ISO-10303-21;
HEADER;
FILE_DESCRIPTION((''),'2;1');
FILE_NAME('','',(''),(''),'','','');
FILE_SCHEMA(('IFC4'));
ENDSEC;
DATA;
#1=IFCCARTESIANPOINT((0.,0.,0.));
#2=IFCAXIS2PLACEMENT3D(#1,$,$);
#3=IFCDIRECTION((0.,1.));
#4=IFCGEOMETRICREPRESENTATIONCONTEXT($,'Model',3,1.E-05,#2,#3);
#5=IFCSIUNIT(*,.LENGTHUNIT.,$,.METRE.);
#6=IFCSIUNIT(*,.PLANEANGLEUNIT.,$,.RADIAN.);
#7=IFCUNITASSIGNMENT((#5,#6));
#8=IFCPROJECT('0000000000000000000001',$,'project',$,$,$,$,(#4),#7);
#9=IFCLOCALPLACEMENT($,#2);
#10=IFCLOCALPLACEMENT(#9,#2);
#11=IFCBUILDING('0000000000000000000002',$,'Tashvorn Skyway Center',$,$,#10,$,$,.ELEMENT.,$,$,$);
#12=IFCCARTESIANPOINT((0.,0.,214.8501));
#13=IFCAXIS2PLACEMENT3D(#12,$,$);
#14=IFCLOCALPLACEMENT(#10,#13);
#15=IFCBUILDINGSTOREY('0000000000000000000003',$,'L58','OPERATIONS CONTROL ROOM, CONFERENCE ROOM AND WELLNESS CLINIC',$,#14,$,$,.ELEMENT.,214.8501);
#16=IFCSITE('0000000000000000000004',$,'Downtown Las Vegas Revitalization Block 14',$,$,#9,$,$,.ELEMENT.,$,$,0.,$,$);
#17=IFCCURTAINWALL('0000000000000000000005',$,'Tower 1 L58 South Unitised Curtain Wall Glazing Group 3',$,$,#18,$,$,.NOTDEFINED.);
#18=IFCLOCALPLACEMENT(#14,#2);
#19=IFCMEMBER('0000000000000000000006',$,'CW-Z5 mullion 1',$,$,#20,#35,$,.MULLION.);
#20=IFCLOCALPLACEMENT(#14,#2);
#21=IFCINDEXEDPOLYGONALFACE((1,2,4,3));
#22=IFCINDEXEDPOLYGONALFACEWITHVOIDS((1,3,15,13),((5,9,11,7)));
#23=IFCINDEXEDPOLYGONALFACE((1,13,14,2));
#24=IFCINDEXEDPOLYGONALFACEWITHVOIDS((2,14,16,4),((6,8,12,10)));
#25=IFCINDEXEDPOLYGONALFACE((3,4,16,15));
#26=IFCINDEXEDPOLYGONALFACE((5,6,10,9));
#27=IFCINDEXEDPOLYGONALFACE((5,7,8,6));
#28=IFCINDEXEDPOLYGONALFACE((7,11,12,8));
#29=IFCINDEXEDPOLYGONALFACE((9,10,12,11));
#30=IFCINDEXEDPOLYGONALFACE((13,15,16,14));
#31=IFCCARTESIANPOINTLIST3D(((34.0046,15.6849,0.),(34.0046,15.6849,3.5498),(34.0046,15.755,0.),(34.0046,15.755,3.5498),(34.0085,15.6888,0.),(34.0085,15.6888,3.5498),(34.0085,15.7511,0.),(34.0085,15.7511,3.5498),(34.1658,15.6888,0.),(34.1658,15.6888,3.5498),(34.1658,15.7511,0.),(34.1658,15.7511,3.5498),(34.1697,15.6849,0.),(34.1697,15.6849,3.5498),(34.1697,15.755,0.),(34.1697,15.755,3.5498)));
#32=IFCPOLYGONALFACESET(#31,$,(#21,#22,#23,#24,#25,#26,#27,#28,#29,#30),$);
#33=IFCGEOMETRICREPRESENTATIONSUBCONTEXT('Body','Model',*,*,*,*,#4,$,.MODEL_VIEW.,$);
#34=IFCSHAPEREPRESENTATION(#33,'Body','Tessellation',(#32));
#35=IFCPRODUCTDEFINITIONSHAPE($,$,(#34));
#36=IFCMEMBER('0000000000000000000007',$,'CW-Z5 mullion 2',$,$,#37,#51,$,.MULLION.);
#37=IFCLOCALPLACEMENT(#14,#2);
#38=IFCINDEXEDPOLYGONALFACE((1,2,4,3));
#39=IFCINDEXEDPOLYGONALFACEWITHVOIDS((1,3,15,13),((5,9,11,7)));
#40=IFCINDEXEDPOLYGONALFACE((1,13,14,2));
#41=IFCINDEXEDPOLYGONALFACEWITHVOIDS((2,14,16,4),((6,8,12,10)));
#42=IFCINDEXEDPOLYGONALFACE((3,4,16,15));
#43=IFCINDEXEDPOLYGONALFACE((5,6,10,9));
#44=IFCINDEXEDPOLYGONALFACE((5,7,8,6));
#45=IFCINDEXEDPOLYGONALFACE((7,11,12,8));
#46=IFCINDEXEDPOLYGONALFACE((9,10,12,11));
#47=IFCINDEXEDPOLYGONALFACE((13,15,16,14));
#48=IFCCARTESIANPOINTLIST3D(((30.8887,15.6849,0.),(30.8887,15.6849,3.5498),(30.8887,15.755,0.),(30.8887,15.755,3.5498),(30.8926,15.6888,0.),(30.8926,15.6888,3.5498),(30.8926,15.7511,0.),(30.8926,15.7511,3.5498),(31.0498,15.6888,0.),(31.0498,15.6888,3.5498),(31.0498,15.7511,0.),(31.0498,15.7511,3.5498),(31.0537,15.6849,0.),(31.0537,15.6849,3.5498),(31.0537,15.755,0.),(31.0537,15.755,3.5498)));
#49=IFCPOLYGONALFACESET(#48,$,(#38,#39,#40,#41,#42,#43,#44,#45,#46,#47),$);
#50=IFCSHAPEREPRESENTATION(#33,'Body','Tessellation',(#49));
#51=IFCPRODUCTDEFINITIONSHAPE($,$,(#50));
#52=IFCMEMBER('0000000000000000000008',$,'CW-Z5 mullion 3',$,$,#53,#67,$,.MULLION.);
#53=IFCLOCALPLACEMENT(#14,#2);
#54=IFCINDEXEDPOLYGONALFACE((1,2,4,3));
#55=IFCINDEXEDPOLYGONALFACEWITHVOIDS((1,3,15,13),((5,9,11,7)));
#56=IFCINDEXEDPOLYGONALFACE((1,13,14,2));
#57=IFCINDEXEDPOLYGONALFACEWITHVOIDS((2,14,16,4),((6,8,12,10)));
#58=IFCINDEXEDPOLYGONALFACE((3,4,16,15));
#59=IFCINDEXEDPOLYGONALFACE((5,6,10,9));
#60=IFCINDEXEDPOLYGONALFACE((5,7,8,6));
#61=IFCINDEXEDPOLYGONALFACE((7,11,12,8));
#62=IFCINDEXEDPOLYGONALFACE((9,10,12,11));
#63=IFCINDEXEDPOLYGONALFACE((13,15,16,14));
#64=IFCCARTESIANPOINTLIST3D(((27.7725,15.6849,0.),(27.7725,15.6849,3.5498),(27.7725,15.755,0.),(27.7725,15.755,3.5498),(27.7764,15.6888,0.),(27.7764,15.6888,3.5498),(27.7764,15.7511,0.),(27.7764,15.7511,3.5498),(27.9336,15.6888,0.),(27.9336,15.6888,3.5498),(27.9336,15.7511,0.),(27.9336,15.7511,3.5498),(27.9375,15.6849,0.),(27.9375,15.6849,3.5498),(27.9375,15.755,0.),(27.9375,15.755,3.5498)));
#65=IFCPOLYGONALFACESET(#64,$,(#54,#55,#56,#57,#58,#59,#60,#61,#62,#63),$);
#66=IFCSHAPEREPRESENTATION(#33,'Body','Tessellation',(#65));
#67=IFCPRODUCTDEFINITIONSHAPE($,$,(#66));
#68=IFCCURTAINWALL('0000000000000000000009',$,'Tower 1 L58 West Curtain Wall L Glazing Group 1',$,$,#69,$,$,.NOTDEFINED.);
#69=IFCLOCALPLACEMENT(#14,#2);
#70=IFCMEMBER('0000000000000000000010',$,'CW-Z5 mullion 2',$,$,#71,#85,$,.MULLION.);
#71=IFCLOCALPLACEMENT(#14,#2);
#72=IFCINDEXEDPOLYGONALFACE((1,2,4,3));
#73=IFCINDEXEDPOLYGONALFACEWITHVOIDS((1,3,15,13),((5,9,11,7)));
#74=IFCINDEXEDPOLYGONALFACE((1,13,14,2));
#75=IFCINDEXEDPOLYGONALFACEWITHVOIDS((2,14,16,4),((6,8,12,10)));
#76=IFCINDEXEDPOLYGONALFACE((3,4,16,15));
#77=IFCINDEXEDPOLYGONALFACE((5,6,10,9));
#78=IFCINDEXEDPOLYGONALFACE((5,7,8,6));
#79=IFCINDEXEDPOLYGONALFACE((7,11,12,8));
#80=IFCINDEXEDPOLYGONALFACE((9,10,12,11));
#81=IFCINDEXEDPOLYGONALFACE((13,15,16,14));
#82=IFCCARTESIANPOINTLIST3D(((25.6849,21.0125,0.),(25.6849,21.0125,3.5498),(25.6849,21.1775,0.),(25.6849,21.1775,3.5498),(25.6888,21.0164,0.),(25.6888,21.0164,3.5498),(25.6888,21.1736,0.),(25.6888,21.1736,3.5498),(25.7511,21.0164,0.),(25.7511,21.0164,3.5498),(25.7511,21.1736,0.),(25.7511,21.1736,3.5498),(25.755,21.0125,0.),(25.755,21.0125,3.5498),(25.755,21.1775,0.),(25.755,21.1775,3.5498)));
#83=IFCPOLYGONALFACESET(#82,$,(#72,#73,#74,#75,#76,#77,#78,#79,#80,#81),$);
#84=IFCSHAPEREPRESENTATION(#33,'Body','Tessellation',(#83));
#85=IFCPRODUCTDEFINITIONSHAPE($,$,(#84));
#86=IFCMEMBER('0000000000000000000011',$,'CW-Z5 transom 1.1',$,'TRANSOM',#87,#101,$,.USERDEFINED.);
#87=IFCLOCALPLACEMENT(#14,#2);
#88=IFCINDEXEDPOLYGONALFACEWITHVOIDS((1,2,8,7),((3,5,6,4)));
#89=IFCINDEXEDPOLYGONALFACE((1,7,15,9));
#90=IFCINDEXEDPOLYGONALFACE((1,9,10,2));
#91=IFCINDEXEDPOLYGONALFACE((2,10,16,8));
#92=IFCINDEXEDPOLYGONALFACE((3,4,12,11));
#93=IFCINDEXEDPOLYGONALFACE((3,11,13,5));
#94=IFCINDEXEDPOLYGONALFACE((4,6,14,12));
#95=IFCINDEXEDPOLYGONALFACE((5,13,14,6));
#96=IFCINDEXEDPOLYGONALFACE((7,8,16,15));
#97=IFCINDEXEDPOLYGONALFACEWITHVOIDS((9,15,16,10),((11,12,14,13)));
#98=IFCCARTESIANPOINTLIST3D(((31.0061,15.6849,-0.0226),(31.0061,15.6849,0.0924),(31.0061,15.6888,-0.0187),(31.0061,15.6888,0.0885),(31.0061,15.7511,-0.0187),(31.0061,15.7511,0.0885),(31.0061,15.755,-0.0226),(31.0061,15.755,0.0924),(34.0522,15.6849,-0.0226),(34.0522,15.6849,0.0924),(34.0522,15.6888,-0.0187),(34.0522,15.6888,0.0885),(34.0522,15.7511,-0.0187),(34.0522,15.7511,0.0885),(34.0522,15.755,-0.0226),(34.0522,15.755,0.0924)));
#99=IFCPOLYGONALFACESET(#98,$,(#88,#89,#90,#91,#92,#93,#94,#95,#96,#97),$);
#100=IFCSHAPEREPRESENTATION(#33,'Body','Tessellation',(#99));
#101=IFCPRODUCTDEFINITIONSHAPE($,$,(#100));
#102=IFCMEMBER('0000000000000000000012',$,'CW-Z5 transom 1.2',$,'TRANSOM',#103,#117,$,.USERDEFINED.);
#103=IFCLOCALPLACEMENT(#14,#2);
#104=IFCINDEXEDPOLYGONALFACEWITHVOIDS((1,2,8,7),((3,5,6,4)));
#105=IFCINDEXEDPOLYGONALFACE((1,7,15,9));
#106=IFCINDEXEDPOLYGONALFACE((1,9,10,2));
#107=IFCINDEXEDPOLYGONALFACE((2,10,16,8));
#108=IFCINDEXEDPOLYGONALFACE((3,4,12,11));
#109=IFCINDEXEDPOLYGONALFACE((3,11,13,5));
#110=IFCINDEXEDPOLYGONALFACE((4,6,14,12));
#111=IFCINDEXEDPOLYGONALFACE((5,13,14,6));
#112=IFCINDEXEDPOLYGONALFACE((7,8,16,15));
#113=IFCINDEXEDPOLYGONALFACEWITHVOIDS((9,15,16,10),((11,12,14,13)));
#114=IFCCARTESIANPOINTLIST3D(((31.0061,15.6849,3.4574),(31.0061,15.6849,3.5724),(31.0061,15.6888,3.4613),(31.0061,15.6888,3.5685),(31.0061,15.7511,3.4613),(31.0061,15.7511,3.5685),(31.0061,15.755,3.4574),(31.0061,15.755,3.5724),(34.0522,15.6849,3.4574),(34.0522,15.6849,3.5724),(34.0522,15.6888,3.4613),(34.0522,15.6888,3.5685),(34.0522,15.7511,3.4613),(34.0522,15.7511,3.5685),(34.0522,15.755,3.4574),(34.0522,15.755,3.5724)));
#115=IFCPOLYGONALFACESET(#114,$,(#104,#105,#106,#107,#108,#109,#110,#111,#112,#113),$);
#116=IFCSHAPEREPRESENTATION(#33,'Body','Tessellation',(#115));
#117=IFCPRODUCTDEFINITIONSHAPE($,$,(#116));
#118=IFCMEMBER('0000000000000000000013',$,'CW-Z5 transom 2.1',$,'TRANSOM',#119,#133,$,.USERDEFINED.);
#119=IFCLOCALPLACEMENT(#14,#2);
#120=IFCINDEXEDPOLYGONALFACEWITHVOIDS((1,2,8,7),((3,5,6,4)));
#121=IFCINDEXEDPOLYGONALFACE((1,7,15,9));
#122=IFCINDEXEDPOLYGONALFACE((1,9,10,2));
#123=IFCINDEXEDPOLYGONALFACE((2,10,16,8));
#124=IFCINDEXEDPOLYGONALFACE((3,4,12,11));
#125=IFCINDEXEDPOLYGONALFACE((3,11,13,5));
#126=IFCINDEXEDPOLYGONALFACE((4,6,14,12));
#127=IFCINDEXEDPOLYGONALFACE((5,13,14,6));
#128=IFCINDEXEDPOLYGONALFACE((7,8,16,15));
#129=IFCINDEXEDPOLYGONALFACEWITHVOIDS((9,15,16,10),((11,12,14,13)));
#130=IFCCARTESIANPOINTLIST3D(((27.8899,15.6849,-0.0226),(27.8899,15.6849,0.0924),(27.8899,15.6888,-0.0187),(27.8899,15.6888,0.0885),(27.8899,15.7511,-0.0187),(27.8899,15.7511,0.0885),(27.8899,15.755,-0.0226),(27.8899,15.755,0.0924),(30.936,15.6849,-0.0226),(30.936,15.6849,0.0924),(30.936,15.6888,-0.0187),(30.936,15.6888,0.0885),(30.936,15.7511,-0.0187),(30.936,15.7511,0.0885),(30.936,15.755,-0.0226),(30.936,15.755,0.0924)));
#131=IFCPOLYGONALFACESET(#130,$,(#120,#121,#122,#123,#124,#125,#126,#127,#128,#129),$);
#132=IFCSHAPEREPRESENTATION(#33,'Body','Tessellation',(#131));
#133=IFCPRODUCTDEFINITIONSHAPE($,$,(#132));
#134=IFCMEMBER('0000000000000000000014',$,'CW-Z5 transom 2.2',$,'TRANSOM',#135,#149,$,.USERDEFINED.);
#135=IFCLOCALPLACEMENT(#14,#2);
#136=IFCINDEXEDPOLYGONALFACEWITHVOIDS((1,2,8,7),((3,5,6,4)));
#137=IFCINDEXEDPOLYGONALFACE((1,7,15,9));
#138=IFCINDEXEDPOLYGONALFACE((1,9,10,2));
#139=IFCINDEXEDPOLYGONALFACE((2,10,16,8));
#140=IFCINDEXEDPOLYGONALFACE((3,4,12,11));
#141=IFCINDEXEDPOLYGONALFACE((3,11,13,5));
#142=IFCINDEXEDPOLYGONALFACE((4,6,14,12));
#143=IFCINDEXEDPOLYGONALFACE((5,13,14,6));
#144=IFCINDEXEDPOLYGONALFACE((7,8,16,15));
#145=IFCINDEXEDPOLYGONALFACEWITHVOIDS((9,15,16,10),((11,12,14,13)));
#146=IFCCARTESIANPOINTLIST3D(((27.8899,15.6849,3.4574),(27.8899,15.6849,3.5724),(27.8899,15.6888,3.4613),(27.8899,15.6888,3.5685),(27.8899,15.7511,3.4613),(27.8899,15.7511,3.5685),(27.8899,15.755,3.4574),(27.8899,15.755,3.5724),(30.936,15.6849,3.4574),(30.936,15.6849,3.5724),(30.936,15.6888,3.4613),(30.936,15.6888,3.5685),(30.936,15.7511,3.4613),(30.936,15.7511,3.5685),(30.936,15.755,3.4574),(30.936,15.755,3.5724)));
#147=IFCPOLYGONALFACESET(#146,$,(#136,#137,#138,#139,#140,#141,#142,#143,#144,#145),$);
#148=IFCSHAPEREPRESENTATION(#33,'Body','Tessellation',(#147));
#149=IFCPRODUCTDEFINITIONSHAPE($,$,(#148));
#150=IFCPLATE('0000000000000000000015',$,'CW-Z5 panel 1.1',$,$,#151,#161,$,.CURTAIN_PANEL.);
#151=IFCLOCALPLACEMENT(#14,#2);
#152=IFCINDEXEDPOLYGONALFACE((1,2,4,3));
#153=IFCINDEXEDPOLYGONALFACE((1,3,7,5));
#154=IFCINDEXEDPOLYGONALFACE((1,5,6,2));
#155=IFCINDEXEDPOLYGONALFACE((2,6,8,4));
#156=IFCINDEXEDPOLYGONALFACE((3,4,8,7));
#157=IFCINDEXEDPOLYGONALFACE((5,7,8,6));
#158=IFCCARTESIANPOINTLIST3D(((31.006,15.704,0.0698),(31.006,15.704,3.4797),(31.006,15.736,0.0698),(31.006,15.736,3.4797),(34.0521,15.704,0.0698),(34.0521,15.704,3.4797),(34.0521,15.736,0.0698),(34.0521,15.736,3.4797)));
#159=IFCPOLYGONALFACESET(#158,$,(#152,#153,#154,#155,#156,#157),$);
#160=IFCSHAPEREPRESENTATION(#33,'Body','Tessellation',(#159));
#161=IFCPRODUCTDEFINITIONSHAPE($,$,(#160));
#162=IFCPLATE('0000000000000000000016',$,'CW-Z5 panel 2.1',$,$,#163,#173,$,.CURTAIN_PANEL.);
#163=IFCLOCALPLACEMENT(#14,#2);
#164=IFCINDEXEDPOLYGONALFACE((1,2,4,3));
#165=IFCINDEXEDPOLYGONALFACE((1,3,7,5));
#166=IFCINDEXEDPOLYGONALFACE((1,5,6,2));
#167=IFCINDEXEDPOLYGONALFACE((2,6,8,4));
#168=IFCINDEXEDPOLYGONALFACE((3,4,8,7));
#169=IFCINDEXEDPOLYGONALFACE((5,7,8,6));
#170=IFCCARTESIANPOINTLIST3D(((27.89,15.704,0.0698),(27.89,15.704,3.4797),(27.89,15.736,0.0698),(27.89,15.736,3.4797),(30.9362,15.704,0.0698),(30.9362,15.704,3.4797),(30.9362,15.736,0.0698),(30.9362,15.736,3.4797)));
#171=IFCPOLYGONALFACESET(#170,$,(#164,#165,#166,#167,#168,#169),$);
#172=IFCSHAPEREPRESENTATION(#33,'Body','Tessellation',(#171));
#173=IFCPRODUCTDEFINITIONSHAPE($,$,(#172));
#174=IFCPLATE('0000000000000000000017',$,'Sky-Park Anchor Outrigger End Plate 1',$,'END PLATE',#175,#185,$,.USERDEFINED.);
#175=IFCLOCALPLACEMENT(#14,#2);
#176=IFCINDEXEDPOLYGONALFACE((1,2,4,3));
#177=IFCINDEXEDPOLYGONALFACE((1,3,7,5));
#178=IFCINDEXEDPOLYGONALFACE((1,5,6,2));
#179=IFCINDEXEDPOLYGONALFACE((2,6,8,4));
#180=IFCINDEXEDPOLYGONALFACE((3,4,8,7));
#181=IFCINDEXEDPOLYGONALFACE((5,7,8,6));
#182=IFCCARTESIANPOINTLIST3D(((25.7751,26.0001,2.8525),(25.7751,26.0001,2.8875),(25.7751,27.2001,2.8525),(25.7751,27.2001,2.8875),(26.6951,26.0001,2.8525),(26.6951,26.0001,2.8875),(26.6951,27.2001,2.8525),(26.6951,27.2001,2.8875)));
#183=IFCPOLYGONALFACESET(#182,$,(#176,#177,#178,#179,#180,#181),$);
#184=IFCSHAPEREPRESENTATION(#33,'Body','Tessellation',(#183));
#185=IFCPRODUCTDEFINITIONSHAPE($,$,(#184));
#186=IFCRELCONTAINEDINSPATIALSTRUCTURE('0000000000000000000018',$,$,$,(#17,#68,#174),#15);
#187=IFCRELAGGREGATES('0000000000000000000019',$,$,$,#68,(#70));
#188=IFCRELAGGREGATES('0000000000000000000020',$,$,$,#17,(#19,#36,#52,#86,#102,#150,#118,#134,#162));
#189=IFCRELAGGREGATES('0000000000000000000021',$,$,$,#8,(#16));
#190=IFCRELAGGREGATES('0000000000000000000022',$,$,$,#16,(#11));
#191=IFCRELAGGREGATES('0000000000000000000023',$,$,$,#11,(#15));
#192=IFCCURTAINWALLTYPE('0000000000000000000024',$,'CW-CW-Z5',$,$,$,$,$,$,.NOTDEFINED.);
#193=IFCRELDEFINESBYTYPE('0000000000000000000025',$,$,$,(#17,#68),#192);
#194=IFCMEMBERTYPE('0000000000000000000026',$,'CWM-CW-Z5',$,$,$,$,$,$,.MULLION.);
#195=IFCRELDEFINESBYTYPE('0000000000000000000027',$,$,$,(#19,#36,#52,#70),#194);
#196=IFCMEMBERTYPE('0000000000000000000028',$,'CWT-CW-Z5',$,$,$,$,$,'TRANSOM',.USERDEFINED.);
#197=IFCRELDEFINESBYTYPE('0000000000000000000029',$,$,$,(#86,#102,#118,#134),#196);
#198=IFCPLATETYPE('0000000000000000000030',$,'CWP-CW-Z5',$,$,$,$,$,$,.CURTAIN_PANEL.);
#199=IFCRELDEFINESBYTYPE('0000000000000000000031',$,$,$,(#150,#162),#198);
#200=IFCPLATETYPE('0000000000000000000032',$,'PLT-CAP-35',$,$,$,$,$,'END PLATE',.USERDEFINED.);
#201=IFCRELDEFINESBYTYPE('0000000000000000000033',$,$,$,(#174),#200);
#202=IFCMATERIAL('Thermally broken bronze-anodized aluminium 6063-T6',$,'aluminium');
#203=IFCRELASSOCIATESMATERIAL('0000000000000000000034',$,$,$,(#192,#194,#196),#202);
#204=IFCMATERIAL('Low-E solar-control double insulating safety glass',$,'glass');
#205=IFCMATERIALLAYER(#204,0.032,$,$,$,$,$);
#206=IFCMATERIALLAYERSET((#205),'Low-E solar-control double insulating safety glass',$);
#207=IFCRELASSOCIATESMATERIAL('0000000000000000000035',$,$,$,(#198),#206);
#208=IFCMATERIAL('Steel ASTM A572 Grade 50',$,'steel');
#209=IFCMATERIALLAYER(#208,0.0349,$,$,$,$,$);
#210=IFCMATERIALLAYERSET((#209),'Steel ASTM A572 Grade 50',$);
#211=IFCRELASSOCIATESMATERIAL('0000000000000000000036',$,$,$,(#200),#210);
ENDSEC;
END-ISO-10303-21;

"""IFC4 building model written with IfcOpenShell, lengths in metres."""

from ifc_helpers import new_model, si_unit, direction, frame, origin, origin_2d, place, context, subcontext, project, spatial, rectangle, hollow_rectangle, extrude, material, layer, layer_set, material_profile, profile_set, type_object, element, aggregate, save


model = new_model("IFC4")

# Units and contexts
model_context = context("Model", 3, precision=1e-05, world=origin(), true_north=direction((0.0, 1.0)))
body_context = subcontext(model_context, "Body", "Model", "MODEL_VIEW")
ifc_project = project(units=[si_unit("LENGTHUNIT", "METRE"), si_unit("PLANEANGLEUNIT", "RADIAN")], contexts=[model_context])

# Site, building, storey
site_placement = place(None, origin())
site = spatial("IfcSite", under=ifc_project, at=site_placement, Name="Downtown Las Vegas Revitalization Block 14", CompositionType="ELEMENT", RefElevation=0.0)
building_placement = place(site_placement, origin())
building = spatial("IfcBuilding", under=site, at=building_placement, Name="Tashvorn Skyway Center", CompositionType="ELEMENT")
storey_placement = place(building_placement, frame((0.0, 0.0, 214.8501)))
storey = spatial("IfcBuildingStorey", under=building, at=storey_placement, Name="L58", Description="OPERATIONS CONTROL ROOM, CONFERENCE ROOM AND WELLNESS CLINIC", CompositionType="ELEMENT", Elevation=214.8501)

# Shared definitions
ifc_material_1 = material(Name="Steel ASTM A572 Grade 50", Category="steel")

# Curtain wall, members
ifc_material_2 = material(Name="Thermally broken bronze-anodized aluminium 6063-T6", Category="aluminium")
curtain_wall_type = type_object("IfcCurtainWallType", Name="CW-CW-Z5", PredefinedType="NOTDEFINED", material=ifc_material_2)
curtain_wall_1_placement = place(storey_placement, origin())
curtain_wall_1 = element("IfcCurtainWall", 1, at=curtain_wall_1_placement, inside=storey, type_object=curtain_wall_type, Name="Tower 1 L58 South Unitised Curtain Wall Glazing Group 3", PredefinedType="NOTDEFINED")
ifc_material_profile_1 = material_profile(ifc_material_2, hollow_rectangle(XDim=0.0701, YDim=0.165, WallThickness=0.0039, at=origin_2d()), Name="ALU-MULL-70x165")
ifc_profile_set_1 = profile_set([ifc_material_profile_1], Name="Thermally broken bronze-anodized aluminium 6063-T6")
member_type_1 = type_object("IfcMemberType", Name="CWM-CW-Z5", PredefinedType="MULLION", material=ifc_profile_set_1)
member_1_placement = place(storey_placement, frame((34.0872, 15.72, 0.0), z_axis=(0.0, 0.0, 1.0), x_axis=(0.0, -1.0, 0.0)))
member_1 = element("IfcMember", 2, at=member_1_placement, type_object=member_type_1, Name="CW-Z5 mullion 1", PredefinedType="MULLION", context=body_context, shape_type="SweptSolid", body=[
    extrude(hollow_rectangle(XDim=0.0701, YDim=0.165, WallThickness=0.0039, at=origin_2d()), origin(), (0.0, 0.0, 1.0), 3.5498),
])
member_2_placement = place(storey_placement, frame((30.9712, 15.72, 0.0), z_axis=(0.0, 0.0, 1.0), x_axis=(0.0, -1.0, 0.0)))
member_2 = element("IfcMember", 3, at=member_2_placement, type_object=member_type_1, Name="CW-Z5 mullion 2", PredefinedType="MULLION", context=body_context, shape_type="SweptSolid", body=[
    extrude(hollow_rectangle(XDim=0.0701, YDim=0.165, WallThickness=0.0039, at=origin_2d()), origin(), (0.0, 0.0, 1.0), 3.5498),
])
member_3_placement = place(storey_placement, frame((27.855, 15.72, 0.0), z_axis=(0.0, 0.0, 1.0), x_axis=(0.0, -1.0, 0.0)))
member_3 = element("IfcMember", 4, at=member_3_placement, type_object=member_type_1, Name="CW-Z5 mullion 3", PredefinedType="MULLION", context=body_context, shape_type="SweptSolid", body=[
    extrude(hollow_rectangle(XDim=0.0701, YDim=0.165, WallThickness=0.0039, at=origin_2d()), origin(), (0.0, 0.0, 1.0), 3.5498),
])

# Curtain wall, member
curtain_wall_2_placement = place(storey_placement, origin())
curtain_wall_2 = element("IfcCurtainWall", 5, at=curtain_wall_2_placement, inside=storey, type_object=curtain_wall_type, Name="Tower 1 L58 West Curtain Wall L Glazing Group 1", PredefinedType="NOTDEFINED")
member_4_placement = place(storey_placement, frame((25.72, 21.095, 0.0), z_axis=(0.0, 0.0, 1.0), x_axis=(-1.0, 0.0, 0.0)))
member_4 = element("IfcMember", 6, at=member_4_placement, type_object=member_type_1, Name="CW-Z5 mullion 2", PredefinedType="MULLION", context=body_context, shape_type="SweptSolid", body=[
    extrude(hollow_rectangle(XDim=0.0701, YDim=0.165, WallThickness=0.0039, at=origin_2d()), origin(), (0.0, 0.0, 1.0), 3.5498),
])
aggregate(curtain_wall_2, [member_4])

# Members
ifc_material_profile_2 = material_profile(ifc_material_2, hollow_rectangle(XDim=0.0701, YDim=0.115, WallThickness=0.0039, at=origin_2d()), Name="ALU-TRAN-70x115")
ifc_profile_set_2 = profile_set([ifc_material_profile_2], Name="Thermally broken bronze-anodized aluminium 6063-T6")
member_type_2 = type_object("IfcMemberType", Name="CWT-CW-Z5", ElementType="TRANSOM", PredefinedType="USERDEFINED", material=ifc_profile_set_2)
member_5_placement = place(storey_placement, frame((34.0522, 15.72, 0.0349), z_axis=(-1.0, 0.0, 0.0), x_axis=(0.0, -1.0, 0.0)))
member_5 = element("IfcMember", 7, at=member_5_placement, type_object=member_type_2, Name="CW-Z5 transom 1.1", ObjectType="TRANSOM", PredefinedType="USERDEFINED", context=body_context, shape_type="SweptSolid", body=[
    extrude(hollow_rectangle(XDim=0.0701, YDim=0.115, WallThickness=0.0039, at=origin_2d()), origin(), (0.0, 0.0, 1.0), 3.0461),
])
member_6_placement = place(storey_placement, frame((34.0522, 15.72, 3.5149), z_axis=(-1.0, 0.0, 0.0), x_axis=(0.0, -1.0, 0.0)))
member_6 = element("IfcMember", 8, at=member_6_placement, type_object=member_type_2, Name="CW-Z5 transom 1.2", ObjectType="TRANSOM", PredefinedType="USERDEFINED", context=body_context, shape_type="SweptSolid", body=[
    extrude(hollow_rectangle(XDim=0.0701, YDim=0.115, WallThickness=0.0039, at=origin_2d()), origin(), (0.0, 0.0, 1.0), 3.0461),
])
member_7_placement = place(storey_placement, frame((30.936, 15.72, 0.0349), z_axis=(-1.0, 0.0, 0.0), x_axis=(0.0, -1.0, 0.0)))
member_7 = element("IfcMember", 9, at=member_7_placement, type_object=member_type_2, Name="CW-Z5 transom 2.1", ObjectType="TRANSOM", PredefinedType="USERDEFINED", context=body_context, shape_type="SweptSolid", body=[
    extrude(hollow_rectangle(XDim=0.0701, YDim=0.115, WallThickness=0.0039, at=origin_2d()), origin(), (0.0, 0.0, 1.0), 3.0461),
])
member_8_placement = place(storey_placement, frame((30.936, 15.72, 3.5149), z_axis=(-1.0, 0.0, 0.0), x_axis=(0.0, -1.0, 0.0)))
member_8 = element("IfcMember", 10, at=member_8_placement, type_object=member_type_2, Name="CW-Z5 transom 2.2", ObjectType="TRANSOM", PredefinedType="USERDEFINED", context=body_context, shape_type="SweptSolid", body=[
    extrude(hollow_rectangle(XDim=0.0701, YDim=0.115, WallThickness=0.0039, at=origin_2d()), origin(), (0.0, 0.0, 1.0), 3.0461),
])

# Plates
ifc_material_3 = material(Name="Low-E solar-control double insulating safety glass", Category="glass")
ifc_layer_1 = layer(ifc_material_3, 0.032)
ifc_layer_set_1 = layer_set([ifc_layer_1], Name="Low-E solar-control double insulating safety glass")
plate_type_1 = type_object("IfcPlateType", Name="CWP-CW-Z5", PredefinedType="CURTAIN_PANEL", material=ifc_layer_set_1)
plate_1_placement = place(storey_placement, frame((32.5291, 15.72, 0.0698), z_axis=(0.0, 0.0, 1.0), x_axis=(-1.0, 0.0, 0.0)))
plate_1 = element("IfcPlate", 11, at=plate_1_placement, type_object=plate_type_1, Name="CW-Z5 panel 1.1", PredefinedType="CURTAIN_PANEL", context=body_context, shape_type="SweptSolid", body=[
    extrude(rectangle(XDim=3.0461, YDim=0.032, at=origin_2d()), origin(), (0.0, 0.0, 1.0), 3.4099),
])
plate_2_placement = place(storey_placement, frame((29.4131, 15.72, 0.0698), z_axis=(0.0, 0.0, 1.0), x_axis=(-1.0, 0.0, 0.0)))
plate_2 = element("IfcPlate", 12, at=plate_2_placement, type_object=plate_type_1, Name="CW-Z5 panel 2.1", PredefinedType="CURTAIN_PANEL", context=body_context, shape_type="SweptSolid", body=[
    extrude(rectangle(XDim=3.0461, YDim=0.032, at=origin_2d()), origin(), (0.0, 0.0, 1.0), 3.4099),
])
aggregate(curtain_wall_1, [member_1, member_2, member_3, member_5, member_6, plate_1, member_7, member_8, plate_2])
ifc_layer_2 = layer(ifc_material_1, 0.0349)
ifc_layer_set_2 = layer_set([ifc_layer_2], Name="Steel ASTM A572 Grade 50")
plate_type_2 = type_object("IfcPlateType", Name="PLT-CAP-35", ElementType="END PLATE", PredefinedType="USERDEFINED", material=ifc_layer_set_2)
plate_3_placement = place(storey_placement, frame((26.2351, 26.6001, 2.8525), z_axis=(0.0, 0.0, 1.0), x_axis=(1.0, 0.0, 0.0)))
element("IfcPlate", 13, at=plate_3_placement, inside=storey, type_object=plate_type_2, Name="Sky-Park Anchor Outrigger End Plate 1", ObjectType="END PLATE", PredefinedType="USERDEFINED", context=body_context, shape_type="SweptSolid", body=[
    extrude(rectangle(XDim=0.9199, YDim=1.2, at=origin_2d()), origin(), (0.0, 0.0, 1.0), 0.0349),
])

save(model, "model.ifc")
